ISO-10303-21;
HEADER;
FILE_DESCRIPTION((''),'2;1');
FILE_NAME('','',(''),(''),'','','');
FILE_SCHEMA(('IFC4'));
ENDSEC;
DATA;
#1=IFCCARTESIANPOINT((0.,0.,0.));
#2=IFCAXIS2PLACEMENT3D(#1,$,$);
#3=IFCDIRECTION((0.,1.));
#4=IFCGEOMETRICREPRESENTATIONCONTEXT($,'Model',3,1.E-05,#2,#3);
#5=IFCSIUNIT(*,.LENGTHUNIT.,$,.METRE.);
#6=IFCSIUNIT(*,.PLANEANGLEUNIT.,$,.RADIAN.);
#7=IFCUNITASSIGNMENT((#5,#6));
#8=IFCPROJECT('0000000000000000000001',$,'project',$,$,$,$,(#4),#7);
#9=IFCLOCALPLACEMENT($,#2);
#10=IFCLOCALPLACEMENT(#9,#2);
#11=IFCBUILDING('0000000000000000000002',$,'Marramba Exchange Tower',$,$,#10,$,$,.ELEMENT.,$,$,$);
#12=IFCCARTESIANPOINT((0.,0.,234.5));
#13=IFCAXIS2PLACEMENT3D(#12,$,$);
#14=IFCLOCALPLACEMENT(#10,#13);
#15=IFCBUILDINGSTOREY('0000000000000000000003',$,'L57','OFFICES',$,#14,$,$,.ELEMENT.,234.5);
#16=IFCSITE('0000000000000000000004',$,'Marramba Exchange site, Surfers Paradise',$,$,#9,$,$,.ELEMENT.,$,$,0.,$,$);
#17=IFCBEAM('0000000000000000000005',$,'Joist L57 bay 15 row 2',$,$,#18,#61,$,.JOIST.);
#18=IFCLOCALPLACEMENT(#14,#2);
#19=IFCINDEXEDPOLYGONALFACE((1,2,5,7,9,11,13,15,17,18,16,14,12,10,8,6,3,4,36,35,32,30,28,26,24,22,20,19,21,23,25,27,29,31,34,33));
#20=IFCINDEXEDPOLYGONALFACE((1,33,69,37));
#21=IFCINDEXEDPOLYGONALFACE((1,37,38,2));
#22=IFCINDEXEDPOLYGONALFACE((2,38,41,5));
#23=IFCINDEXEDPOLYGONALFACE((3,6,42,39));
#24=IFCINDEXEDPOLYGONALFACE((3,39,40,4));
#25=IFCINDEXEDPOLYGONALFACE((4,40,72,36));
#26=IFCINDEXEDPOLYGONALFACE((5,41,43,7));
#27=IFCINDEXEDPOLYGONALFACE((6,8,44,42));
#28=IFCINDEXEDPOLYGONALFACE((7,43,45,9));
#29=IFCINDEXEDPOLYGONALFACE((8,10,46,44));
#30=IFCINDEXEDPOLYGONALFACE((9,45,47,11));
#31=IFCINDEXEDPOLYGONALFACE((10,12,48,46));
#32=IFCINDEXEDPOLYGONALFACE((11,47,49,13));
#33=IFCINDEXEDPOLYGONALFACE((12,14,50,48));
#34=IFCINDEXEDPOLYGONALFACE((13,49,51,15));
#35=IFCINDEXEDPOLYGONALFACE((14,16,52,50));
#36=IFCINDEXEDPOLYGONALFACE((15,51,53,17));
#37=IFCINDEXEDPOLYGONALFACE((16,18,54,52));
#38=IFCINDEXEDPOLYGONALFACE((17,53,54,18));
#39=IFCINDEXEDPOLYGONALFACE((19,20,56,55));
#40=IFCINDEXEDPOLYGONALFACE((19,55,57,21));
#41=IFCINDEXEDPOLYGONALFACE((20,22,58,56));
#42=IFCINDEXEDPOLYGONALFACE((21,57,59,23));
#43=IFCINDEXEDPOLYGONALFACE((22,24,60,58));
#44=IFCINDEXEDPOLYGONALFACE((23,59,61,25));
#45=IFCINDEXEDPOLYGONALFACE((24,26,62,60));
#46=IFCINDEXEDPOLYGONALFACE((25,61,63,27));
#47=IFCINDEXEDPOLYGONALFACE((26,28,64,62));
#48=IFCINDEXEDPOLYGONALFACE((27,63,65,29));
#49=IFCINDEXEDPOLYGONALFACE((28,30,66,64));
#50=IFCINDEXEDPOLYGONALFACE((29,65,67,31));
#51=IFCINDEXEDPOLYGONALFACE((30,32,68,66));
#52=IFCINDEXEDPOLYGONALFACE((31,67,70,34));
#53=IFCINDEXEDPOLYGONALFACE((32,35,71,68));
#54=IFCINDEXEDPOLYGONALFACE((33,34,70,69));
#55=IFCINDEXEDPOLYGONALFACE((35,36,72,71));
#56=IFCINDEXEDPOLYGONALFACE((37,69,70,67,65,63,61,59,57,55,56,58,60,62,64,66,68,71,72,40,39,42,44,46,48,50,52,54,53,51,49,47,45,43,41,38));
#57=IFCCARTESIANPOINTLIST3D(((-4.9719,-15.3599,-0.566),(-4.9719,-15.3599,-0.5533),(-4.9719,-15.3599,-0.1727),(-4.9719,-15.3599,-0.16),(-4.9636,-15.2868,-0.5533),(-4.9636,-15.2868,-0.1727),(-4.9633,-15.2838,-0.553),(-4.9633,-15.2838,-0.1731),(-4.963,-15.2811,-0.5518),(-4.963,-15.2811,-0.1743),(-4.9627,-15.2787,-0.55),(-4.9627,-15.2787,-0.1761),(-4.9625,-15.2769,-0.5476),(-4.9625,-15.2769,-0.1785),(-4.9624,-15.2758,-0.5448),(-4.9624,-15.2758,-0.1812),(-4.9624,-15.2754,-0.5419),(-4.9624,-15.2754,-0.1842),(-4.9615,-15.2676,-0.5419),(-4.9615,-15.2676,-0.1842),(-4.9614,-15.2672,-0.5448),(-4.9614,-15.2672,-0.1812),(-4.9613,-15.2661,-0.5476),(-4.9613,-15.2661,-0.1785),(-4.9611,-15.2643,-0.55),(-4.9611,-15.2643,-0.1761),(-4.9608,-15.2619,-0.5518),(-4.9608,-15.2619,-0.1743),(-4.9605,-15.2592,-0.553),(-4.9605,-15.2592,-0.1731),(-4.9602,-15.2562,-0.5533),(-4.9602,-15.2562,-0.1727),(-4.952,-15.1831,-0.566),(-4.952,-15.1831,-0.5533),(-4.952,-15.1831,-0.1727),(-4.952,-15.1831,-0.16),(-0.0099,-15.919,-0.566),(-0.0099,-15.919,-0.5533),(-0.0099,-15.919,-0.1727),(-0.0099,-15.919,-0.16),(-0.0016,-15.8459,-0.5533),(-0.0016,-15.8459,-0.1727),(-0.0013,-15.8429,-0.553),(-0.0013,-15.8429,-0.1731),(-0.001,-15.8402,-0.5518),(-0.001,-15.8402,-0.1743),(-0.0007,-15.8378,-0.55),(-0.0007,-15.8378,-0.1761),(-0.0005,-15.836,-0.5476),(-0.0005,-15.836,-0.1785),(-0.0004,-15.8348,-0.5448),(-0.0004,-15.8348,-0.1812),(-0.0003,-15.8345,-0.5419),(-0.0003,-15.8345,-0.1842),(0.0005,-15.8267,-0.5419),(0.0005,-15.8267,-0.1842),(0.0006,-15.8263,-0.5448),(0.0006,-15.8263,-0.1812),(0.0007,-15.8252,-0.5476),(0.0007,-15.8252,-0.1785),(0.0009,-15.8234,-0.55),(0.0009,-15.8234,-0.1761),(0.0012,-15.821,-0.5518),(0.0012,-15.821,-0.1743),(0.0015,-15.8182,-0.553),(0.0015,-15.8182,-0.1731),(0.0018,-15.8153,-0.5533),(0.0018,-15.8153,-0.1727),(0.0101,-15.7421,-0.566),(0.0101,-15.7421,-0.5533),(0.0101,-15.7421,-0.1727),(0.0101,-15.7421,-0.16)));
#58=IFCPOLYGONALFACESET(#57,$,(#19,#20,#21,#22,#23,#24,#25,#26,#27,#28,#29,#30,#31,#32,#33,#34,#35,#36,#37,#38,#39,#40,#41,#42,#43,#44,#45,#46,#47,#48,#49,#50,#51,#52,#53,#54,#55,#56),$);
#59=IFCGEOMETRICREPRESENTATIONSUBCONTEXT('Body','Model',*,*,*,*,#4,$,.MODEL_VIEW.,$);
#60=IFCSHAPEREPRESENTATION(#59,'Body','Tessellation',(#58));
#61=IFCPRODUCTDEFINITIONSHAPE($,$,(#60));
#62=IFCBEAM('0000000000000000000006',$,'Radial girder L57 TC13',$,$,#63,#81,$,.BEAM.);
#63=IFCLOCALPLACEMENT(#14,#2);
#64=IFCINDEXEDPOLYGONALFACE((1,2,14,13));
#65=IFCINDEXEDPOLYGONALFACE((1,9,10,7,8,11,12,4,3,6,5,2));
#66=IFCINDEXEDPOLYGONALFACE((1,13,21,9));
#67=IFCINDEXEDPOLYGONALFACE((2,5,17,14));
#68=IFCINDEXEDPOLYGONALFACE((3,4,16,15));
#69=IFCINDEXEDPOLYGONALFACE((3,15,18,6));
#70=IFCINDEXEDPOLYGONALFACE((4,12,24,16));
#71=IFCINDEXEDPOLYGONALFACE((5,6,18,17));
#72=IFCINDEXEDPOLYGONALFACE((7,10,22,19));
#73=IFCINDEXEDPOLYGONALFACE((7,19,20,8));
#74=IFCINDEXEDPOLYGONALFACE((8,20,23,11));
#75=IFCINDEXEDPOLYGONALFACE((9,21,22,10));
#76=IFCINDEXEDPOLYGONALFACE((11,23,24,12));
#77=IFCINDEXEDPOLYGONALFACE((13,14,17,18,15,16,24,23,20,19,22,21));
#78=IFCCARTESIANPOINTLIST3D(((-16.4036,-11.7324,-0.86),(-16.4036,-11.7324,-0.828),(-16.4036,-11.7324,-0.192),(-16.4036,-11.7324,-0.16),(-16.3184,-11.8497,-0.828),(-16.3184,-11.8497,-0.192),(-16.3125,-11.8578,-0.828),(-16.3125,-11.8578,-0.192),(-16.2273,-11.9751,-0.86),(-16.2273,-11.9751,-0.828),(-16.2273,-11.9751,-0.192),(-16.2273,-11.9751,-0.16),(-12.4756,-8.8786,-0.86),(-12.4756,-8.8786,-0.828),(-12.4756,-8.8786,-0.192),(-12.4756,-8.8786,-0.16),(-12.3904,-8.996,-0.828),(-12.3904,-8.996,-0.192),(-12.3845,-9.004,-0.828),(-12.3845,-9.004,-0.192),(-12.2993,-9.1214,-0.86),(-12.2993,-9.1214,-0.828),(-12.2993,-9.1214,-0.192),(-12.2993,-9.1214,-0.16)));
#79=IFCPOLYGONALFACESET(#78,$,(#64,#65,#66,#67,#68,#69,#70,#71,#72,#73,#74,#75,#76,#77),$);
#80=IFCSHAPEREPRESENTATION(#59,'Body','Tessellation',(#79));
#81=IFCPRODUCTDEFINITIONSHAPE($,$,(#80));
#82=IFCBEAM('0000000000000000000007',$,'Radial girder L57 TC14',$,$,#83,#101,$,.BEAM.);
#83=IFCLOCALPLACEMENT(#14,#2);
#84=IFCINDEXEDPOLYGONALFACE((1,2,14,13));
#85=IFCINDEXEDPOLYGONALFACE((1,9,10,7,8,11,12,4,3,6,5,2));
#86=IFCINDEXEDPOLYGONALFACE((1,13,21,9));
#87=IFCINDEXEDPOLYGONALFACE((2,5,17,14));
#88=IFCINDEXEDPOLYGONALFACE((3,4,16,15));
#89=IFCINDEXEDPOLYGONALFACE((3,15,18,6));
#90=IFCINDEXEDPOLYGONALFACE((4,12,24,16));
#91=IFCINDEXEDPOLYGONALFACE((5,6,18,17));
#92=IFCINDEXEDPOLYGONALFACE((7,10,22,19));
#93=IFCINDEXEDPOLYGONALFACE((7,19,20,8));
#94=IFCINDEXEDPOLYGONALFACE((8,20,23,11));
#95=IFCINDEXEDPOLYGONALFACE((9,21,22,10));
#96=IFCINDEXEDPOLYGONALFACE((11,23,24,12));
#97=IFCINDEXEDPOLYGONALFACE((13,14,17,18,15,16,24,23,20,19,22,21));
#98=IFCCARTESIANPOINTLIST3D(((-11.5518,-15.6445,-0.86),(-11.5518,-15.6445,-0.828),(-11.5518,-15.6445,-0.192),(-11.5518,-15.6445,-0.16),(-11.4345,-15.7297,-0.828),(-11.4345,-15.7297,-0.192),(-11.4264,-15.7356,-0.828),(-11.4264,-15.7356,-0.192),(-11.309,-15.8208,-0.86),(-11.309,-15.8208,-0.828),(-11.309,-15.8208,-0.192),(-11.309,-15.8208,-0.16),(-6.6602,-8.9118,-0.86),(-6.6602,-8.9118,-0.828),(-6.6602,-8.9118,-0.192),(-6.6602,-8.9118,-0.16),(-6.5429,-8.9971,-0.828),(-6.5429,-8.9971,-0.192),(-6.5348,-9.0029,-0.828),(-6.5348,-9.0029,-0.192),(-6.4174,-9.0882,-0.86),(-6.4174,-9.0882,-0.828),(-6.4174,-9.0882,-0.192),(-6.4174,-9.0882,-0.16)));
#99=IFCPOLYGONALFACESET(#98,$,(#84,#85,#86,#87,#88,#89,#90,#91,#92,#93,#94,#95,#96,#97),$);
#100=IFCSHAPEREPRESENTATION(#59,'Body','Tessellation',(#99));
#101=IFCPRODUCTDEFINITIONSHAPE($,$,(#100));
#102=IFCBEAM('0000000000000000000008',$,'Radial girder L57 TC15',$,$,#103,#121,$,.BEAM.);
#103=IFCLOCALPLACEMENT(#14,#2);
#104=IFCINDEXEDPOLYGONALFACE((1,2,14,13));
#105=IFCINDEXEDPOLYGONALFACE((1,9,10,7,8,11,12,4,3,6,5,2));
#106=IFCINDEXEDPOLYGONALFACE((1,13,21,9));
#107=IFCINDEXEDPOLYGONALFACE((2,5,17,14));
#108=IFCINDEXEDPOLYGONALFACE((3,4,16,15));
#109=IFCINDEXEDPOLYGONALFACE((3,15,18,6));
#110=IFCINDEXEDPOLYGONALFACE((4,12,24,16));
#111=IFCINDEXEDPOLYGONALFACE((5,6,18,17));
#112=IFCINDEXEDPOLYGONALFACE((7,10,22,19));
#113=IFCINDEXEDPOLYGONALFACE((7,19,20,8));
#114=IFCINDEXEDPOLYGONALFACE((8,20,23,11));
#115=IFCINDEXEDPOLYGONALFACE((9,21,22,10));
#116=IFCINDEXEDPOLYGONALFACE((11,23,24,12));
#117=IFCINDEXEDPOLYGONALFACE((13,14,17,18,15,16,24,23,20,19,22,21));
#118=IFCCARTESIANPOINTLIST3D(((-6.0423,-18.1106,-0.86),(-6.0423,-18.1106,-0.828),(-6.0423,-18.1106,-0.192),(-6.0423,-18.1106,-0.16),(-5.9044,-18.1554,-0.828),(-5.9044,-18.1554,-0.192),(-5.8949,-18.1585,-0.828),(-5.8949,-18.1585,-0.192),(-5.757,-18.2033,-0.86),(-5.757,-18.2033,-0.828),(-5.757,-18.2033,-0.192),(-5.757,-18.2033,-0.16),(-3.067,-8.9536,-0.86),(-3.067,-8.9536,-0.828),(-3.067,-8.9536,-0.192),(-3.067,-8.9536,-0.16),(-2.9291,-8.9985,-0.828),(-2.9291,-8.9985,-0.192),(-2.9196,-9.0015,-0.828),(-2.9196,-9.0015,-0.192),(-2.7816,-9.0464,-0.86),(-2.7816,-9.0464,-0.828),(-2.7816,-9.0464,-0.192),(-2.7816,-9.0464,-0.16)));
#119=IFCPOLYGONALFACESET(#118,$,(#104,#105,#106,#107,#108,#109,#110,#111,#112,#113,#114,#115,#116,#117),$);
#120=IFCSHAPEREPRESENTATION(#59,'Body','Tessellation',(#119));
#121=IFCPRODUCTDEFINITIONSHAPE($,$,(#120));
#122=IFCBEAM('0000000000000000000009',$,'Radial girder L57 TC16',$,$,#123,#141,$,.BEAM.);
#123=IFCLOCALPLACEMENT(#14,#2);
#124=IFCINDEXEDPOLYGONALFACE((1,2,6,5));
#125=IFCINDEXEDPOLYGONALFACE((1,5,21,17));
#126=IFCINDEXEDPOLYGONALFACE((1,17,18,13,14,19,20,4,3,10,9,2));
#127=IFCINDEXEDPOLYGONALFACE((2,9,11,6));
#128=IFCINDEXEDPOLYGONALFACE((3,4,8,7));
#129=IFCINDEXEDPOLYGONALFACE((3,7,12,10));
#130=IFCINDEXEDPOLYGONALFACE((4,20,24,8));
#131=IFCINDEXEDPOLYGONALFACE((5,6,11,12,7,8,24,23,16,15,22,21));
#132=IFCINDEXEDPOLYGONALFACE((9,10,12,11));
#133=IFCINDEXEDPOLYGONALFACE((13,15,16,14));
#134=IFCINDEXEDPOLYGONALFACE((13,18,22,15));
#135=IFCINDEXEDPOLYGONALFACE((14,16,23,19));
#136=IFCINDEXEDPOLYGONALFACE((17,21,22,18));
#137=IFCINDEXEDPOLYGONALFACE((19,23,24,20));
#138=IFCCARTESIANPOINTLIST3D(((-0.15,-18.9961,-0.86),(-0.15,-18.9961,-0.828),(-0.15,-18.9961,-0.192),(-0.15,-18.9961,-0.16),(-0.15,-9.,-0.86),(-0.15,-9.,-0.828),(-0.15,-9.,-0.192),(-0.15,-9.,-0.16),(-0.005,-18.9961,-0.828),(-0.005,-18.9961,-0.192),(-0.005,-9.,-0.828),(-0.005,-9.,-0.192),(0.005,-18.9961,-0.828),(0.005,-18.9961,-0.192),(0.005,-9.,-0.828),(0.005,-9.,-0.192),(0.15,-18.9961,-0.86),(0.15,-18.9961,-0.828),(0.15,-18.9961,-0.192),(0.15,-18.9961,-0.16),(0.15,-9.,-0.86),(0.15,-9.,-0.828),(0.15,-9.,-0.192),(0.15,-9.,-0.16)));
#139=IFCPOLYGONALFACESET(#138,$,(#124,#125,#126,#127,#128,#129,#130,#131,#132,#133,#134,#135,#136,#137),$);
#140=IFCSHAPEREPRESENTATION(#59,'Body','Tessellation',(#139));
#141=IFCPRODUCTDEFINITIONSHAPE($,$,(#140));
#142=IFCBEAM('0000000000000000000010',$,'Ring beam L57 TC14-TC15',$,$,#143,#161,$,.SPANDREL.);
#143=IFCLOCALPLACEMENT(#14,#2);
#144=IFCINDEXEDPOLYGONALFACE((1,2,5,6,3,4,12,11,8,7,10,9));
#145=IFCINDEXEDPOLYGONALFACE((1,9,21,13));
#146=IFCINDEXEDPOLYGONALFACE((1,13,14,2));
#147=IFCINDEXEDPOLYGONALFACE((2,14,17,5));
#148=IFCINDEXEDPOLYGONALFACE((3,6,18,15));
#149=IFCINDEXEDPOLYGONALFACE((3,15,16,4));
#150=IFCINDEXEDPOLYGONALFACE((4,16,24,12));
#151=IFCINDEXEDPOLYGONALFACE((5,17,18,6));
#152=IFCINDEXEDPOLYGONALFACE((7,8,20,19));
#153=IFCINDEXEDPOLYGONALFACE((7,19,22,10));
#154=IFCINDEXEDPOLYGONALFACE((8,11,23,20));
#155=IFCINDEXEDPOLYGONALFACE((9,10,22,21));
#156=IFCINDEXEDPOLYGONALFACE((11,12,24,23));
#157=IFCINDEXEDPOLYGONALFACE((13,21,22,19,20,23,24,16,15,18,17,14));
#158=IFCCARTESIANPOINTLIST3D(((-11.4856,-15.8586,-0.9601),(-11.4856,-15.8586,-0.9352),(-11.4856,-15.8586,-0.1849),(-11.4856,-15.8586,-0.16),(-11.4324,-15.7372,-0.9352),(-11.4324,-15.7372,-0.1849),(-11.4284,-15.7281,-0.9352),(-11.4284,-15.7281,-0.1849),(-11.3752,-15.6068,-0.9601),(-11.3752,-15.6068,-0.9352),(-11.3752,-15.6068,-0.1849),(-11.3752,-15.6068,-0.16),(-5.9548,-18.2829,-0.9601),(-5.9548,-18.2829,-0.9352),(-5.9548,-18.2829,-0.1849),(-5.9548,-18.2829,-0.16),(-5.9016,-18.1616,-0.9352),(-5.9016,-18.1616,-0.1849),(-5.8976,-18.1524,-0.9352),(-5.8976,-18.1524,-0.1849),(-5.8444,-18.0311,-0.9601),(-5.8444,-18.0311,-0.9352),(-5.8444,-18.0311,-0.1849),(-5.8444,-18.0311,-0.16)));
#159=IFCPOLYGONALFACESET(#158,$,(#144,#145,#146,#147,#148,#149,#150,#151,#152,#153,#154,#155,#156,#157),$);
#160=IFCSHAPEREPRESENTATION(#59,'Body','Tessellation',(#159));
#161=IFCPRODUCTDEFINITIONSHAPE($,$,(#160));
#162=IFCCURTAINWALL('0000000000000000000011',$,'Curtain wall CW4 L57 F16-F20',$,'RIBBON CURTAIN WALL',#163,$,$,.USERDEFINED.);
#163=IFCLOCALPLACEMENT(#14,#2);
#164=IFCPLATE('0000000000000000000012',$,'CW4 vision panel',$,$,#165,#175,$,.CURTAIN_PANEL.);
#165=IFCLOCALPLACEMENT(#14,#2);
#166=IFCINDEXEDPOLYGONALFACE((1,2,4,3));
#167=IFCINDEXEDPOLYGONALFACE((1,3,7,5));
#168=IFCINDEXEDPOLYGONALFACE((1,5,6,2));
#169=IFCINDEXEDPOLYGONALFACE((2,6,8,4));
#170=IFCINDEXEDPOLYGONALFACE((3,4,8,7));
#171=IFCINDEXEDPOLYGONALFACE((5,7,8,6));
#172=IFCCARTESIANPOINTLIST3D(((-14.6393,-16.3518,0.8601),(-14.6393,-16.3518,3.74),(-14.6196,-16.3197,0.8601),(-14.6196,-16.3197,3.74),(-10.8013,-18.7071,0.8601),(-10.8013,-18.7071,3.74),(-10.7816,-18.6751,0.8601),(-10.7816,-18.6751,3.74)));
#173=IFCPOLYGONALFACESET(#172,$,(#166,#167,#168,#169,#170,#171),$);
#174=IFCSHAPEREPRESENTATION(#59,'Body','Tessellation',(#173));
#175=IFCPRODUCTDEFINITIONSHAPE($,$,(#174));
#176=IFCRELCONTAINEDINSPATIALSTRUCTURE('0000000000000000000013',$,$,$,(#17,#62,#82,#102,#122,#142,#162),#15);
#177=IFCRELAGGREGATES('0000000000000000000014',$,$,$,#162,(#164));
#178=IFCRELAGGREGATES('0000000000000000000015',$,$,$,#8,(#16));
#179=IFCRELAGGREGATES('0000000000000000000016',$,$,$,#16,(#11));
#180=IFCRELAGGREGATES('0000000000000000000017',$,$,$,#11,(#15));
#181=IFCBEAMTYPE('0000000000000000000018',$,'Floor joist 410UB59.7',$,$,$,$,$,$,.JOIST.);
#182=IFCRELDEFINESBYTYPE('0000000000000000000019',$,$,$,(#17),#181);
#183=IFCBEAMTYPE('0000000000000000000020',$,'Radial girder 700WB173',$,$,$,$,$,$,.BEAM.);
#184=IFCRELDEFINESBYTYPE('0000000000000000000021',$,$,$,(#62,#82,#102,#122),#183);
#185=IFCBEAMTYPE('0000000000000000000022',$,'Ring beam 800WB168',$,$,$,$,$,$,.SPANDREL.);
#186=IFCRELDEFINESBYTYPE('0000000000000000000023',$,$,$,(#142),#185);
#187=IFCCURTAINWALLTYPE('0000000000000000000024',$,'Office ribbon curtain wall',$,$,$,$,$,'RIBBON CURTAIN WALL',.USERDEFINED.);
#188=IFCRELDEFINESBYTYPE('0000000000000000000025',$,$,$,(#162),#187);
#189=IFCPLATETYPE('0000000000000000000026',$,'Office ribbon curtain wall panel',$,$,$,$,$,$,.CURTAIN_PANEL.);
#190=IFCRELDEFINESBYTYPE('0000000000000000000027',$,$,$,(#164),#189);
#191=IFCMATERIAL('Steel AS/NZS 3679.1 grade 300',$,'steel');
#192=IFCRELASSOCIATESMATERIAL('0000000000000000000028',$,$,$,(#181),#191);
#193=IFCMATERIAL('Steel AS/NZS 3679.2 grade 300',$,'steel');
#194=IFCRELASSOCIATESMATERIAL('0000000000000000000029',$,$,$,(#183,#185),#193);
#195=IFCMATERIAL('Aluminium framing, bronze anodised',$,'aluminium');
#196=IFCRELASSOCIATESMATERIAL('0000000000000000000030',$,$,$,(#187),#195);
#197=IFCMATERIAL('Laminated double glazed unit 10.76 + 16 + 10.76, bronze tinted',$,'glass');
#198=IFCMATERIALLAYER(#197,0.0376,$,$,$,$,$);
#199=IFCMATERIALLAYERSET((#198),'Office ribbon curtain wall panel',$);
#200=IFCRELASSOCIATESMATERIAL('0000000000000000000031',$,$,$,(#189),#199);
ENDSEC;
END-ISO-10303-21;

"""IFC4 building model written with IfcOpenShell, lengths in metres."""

from ifc_helpers import new_model, si_unit, direction, frame, origin, origin_2d, place, context, subcontext, project, spatial, rectangle, i_section, extrude, material, layer, layer_set, material_profile, profile_set, type_object, element, aggregate, save


model = new_model("IFC4")

# Units and contexts
model_context = context("Model", 3, precision=1e-05, world=origin(), true_north=direction((0.0, 1.0)))
body_context = subcontext(model_context, "Body", "Model", "MODEL_VIEW")
ifc_project = project(units=[si_unit("LENGTHUNIT", "METRE"), si_unit("PLANEANGLEUNIT", "RADIAN")], contexts=[model_context])

# Site, building, storey
site_placement = place(None, origin())
site = spatial("IfcSite", under=ifc_project, at=site_placement, Name="Marramba Exchange site, Surfers Paradise", CompositionType="ELEMENT", RefElevation=0.0)
building_placement = place(site_placement, origin())
building = spatial("IfcBuilding", under=site, at=building_placement, Name="Marramba Exchange Tower", CompositionType="ELEMENT")
storey_placement = place(building_placement, frame((0.0, 0.0, 234.5)))
storey = spatial("IfcBuildingStorey", under=building, at=storey_placement, Name="L57", Description="OFFICES", CompositionType="ELEMENT", Elevation=234.5)

# Beams
ifc_material_1 = material(Name="Steel AS/NZS 3679.2 grade 300", Category="steel")
ifc_material_2 = material(Name="Steel AS/NZS 3679.1 grade 300", Category="steel")
ifc_material_profile_1 = material_profile(ifc_material_2, i_section(OverallWidth=0.178, OverallDepth=0.406, WebThickness=0.0078, FlangeThickness=0.0127, FilletRadius=0.0115, at=origin_2d()), Name="410UB59.7")
ifc_profile_set_1 = profile_set([ifc_material_profile_1], Name="Steel AS/NZS 3679.1 grade 300")
beam_type_1 = type_object("IfcBeamType", Name="Floor joist 410UB59.7", PredefinedType="JOIST", material=ifc_profile_set_1)
beam_1_placement = place(storey_placement, frame((-4.9619, -15.2715, -0.363), z_axis=(0.993712, -0.111966, 0.0), x_axis=(0.111966, 0.993712, 0.0)))
element("IfcBeam", 1, at=beam_1_placement, inside=storey, type_object=beam_type_1, Name="Joist L57 bay 15 row 2", PredefinedType="JOIST", context=body_context, shape_type="SweptSolid", body=[
    extrude(i_section(OverallWidth=0.178, OverallDepth=0.406, WebThickness=0.0078, FlangeThickness=0.0127, FilletRadius=0.0115, at=origin_2d()), origin(), (0.0, 0.0, 1.0), 4.9934),
])
ifc_material_profile_2 = material_profile(ifc_material_1, i_section(OverallWidth=0.3, OverallDepth=0.7, WebThickness=0.01, FlangeThickness=0.032, at=origin_2d()), Name="700WB173")
ifc_profile_set_2 = profile_set([ifc_material_profile_2], Name="Steel AS/NZS 3679.2 grade 300")
beam_type_2 = type_object("IfcBeamType", Name="Radial girder 700WB173", PredefinedType="BEAM", material=ifc_profile_set_2)
beam_2_placement = place(storey_placement, frame((-12.3875, -9.0, -0.51), z_axis=(-0.809025, -0.587774, 0.0), x_axis=(0.587774, -0.809025, 0.0)))
element("IfcBeam", 2, at=beam_2_placement, inside=storey, type_object=beam_type_2, Name="Radial girder L57 TC13", PredefinedType="BEAM", context=body_context, shape_type="SweptSolid", body=[
    extrude(i_section(OverallWidth=0.3, OverallDepth=0.7, WebThickness=0.01, FlangeThickness=0.032, at=origin_2d()), origin(), (0.0, 0.0, 1.0), 4.8552),
])
beam_3_placement = place(storey_placement, frame((-6.5388, -9.0, -0.51), z_axis=(-0.587788, -0.809015, 0.0), x_axis=(0.809015, -0.587788, 0.0)))
element("IfcBeam", 3, at=beam_3_placement, inside=storey, type_object=beam_type_2, Name="Radial girder L57 TC14", PredefinedType="BEAM", context=body_context, shape_type="SweptSolid", body=[
    extrude(i_section(OverallWidth=0.3, OverallDepth=0.7, WebThickness=0.01, FlangeThickness=0.032, at=origin_2d()), origin(), (0.0, 0.0, 1.0), 8.322),
])
beam_4_placement = place(storey_placement, frame((-2.9243, -9.0, -0.51), z_axis=(-0.309022, -0.951055, 0.0), x_axis=(0.951055, -0.309022, 0.0)))
element("IfcBeam", 4, at=beam_4_placement, inside=storey, type_object=beam_type_2, Name="Radial girder L57 TC15", PredefinedType="BEAM", context=body_context, shape_type="SweptSolid", body=[
    extrude(i_section(OverallWidth=0.3, OverallDepth=0.7, WebThickness=0.01, FlangeThickness=0.032, at=origin_2d()), origin(), (0.0, 0.0, 1.0), 9.6282),
])
beam_5_placement = place(storey_placement, frame((0.0, -9.0, -0.51), z_axis=(0.0, -1.0, 0.0), x_axis=(1.0, 0.0, 0.0)))
element("IfcBeam", 5, at=beam_5_placement, inside=storey, type_object=beam_type_2, Name="Radial girder L57 TC16", PredefinedType="BEAM", context=body_context, shape_type="SweptSolid", body=[
    extrude(i_section(OverallWidth=0.3, OverallDepth=0.7, WebThickness=0.01, FlangeThickness=0.032, at=origin_2d()), origin(), (0.0, 0.0, 1.0), 9.9961),
])
ifc_material_profile_3 = material_profile(ifc_material_1, i_section(OverallWidth=0.2749, OverallDepth=0.8, WebThickness=0.01, FlangeThickness=0.0249, at=origin_2d()), Name="800WB168")
ifc_profile_set_3 = profile_set([ifc_material_profile_3], Name="Steel AS/NZS 3679.2 grade 300")
beam_type_3 = type_object("IfcBeamType", Name="Ring beam 800WB168", PredefinedType="SPANDREL", material=ifc_profile_set_3)
beam_6_placement = place(storey_placement, frame((-11.4304, -15.7327, -0.5601), z_axis=(0.915877, -0.401459, 0.0), x_axis=(0.401459, 0.915877, 0.0)))
element("IfcBeam", 6, at=beam_6_placement, inside=storey, type_object=beam_type_3, Name="Ring beam L57 TC14-TC15", PredefinedType="SPANDREL", context=body_context, shape_type="SweptSolid", body=[
    extrude(i_section(OverallWidth=0.2749, OverallDepth=0.8, WebThickness=0.01, FlangeThickness=0.0249, at=origin_2d()), origin(), (0.0, 0.0, 1.0), 6.0388),
])

# Curtain wall, plate
ifc_material_3 = material(Name="Aluminium framing, bronze anodised", Category="aluminium")
curtain_wall_type = type_object("IfcCurtainWallType", Name="Office ribbon curtain wall", ElementType="RIBBON CURTAIN WALL", PredefinedType="USERDEFINED", material=ifc_material_3)
curtain_wall_placement = place(storey_placement, origin())
curtain_wall = element("IfcCurtainWall", 7, at=curtain_wall_placement, inside=storey, type_object=curtain_wall_type, Name="Curtain wall CW4 L57 F16-F20", ObjectType="RIBBON CURTAIN WALL", PredefinedType="USERDEFINED")
ifc_material_4 = material(Name="Laminated double glazed unit 10.76 + 16 + 10.76, bronze tinted", Category="glass")
ifc_layer_1 = layer(ifc_material_4, 0.0376)
ifc_layer_set_1 = layer_set([ifc_layer_1], Name="Office ribbon curtain wall panel")
plate_type = type_object("IfcPlateType", Name="Office ribbon curtain wall panel", PredefinedType="CURTAIN_PANEL", material=ifc_layer_set_1)
plate_placement = place(storey_placement, frame((-12.7104, -17.5134, 0.8601), z_axis=(0.0, 0.0, 1.0), x_axis=(0.852301, -0.523052, 0.0)))
plate = element("IfcPlate", 8, at=plate_placement, type_object=plate_type, Name="CW4 vision panel", PredefinedType="CURTAIN_PANEL", context=body_context, shape_type="SweptSolid", body=[
    extrude(rectangle(XDim=4.5032, YDim=0.0376, at=origin_2d()), origin(), (0.0, 0.0, 1.0), 2.8799),
])
aggregate(curtain_wall, [plate])

save(model, "model.ifc")
